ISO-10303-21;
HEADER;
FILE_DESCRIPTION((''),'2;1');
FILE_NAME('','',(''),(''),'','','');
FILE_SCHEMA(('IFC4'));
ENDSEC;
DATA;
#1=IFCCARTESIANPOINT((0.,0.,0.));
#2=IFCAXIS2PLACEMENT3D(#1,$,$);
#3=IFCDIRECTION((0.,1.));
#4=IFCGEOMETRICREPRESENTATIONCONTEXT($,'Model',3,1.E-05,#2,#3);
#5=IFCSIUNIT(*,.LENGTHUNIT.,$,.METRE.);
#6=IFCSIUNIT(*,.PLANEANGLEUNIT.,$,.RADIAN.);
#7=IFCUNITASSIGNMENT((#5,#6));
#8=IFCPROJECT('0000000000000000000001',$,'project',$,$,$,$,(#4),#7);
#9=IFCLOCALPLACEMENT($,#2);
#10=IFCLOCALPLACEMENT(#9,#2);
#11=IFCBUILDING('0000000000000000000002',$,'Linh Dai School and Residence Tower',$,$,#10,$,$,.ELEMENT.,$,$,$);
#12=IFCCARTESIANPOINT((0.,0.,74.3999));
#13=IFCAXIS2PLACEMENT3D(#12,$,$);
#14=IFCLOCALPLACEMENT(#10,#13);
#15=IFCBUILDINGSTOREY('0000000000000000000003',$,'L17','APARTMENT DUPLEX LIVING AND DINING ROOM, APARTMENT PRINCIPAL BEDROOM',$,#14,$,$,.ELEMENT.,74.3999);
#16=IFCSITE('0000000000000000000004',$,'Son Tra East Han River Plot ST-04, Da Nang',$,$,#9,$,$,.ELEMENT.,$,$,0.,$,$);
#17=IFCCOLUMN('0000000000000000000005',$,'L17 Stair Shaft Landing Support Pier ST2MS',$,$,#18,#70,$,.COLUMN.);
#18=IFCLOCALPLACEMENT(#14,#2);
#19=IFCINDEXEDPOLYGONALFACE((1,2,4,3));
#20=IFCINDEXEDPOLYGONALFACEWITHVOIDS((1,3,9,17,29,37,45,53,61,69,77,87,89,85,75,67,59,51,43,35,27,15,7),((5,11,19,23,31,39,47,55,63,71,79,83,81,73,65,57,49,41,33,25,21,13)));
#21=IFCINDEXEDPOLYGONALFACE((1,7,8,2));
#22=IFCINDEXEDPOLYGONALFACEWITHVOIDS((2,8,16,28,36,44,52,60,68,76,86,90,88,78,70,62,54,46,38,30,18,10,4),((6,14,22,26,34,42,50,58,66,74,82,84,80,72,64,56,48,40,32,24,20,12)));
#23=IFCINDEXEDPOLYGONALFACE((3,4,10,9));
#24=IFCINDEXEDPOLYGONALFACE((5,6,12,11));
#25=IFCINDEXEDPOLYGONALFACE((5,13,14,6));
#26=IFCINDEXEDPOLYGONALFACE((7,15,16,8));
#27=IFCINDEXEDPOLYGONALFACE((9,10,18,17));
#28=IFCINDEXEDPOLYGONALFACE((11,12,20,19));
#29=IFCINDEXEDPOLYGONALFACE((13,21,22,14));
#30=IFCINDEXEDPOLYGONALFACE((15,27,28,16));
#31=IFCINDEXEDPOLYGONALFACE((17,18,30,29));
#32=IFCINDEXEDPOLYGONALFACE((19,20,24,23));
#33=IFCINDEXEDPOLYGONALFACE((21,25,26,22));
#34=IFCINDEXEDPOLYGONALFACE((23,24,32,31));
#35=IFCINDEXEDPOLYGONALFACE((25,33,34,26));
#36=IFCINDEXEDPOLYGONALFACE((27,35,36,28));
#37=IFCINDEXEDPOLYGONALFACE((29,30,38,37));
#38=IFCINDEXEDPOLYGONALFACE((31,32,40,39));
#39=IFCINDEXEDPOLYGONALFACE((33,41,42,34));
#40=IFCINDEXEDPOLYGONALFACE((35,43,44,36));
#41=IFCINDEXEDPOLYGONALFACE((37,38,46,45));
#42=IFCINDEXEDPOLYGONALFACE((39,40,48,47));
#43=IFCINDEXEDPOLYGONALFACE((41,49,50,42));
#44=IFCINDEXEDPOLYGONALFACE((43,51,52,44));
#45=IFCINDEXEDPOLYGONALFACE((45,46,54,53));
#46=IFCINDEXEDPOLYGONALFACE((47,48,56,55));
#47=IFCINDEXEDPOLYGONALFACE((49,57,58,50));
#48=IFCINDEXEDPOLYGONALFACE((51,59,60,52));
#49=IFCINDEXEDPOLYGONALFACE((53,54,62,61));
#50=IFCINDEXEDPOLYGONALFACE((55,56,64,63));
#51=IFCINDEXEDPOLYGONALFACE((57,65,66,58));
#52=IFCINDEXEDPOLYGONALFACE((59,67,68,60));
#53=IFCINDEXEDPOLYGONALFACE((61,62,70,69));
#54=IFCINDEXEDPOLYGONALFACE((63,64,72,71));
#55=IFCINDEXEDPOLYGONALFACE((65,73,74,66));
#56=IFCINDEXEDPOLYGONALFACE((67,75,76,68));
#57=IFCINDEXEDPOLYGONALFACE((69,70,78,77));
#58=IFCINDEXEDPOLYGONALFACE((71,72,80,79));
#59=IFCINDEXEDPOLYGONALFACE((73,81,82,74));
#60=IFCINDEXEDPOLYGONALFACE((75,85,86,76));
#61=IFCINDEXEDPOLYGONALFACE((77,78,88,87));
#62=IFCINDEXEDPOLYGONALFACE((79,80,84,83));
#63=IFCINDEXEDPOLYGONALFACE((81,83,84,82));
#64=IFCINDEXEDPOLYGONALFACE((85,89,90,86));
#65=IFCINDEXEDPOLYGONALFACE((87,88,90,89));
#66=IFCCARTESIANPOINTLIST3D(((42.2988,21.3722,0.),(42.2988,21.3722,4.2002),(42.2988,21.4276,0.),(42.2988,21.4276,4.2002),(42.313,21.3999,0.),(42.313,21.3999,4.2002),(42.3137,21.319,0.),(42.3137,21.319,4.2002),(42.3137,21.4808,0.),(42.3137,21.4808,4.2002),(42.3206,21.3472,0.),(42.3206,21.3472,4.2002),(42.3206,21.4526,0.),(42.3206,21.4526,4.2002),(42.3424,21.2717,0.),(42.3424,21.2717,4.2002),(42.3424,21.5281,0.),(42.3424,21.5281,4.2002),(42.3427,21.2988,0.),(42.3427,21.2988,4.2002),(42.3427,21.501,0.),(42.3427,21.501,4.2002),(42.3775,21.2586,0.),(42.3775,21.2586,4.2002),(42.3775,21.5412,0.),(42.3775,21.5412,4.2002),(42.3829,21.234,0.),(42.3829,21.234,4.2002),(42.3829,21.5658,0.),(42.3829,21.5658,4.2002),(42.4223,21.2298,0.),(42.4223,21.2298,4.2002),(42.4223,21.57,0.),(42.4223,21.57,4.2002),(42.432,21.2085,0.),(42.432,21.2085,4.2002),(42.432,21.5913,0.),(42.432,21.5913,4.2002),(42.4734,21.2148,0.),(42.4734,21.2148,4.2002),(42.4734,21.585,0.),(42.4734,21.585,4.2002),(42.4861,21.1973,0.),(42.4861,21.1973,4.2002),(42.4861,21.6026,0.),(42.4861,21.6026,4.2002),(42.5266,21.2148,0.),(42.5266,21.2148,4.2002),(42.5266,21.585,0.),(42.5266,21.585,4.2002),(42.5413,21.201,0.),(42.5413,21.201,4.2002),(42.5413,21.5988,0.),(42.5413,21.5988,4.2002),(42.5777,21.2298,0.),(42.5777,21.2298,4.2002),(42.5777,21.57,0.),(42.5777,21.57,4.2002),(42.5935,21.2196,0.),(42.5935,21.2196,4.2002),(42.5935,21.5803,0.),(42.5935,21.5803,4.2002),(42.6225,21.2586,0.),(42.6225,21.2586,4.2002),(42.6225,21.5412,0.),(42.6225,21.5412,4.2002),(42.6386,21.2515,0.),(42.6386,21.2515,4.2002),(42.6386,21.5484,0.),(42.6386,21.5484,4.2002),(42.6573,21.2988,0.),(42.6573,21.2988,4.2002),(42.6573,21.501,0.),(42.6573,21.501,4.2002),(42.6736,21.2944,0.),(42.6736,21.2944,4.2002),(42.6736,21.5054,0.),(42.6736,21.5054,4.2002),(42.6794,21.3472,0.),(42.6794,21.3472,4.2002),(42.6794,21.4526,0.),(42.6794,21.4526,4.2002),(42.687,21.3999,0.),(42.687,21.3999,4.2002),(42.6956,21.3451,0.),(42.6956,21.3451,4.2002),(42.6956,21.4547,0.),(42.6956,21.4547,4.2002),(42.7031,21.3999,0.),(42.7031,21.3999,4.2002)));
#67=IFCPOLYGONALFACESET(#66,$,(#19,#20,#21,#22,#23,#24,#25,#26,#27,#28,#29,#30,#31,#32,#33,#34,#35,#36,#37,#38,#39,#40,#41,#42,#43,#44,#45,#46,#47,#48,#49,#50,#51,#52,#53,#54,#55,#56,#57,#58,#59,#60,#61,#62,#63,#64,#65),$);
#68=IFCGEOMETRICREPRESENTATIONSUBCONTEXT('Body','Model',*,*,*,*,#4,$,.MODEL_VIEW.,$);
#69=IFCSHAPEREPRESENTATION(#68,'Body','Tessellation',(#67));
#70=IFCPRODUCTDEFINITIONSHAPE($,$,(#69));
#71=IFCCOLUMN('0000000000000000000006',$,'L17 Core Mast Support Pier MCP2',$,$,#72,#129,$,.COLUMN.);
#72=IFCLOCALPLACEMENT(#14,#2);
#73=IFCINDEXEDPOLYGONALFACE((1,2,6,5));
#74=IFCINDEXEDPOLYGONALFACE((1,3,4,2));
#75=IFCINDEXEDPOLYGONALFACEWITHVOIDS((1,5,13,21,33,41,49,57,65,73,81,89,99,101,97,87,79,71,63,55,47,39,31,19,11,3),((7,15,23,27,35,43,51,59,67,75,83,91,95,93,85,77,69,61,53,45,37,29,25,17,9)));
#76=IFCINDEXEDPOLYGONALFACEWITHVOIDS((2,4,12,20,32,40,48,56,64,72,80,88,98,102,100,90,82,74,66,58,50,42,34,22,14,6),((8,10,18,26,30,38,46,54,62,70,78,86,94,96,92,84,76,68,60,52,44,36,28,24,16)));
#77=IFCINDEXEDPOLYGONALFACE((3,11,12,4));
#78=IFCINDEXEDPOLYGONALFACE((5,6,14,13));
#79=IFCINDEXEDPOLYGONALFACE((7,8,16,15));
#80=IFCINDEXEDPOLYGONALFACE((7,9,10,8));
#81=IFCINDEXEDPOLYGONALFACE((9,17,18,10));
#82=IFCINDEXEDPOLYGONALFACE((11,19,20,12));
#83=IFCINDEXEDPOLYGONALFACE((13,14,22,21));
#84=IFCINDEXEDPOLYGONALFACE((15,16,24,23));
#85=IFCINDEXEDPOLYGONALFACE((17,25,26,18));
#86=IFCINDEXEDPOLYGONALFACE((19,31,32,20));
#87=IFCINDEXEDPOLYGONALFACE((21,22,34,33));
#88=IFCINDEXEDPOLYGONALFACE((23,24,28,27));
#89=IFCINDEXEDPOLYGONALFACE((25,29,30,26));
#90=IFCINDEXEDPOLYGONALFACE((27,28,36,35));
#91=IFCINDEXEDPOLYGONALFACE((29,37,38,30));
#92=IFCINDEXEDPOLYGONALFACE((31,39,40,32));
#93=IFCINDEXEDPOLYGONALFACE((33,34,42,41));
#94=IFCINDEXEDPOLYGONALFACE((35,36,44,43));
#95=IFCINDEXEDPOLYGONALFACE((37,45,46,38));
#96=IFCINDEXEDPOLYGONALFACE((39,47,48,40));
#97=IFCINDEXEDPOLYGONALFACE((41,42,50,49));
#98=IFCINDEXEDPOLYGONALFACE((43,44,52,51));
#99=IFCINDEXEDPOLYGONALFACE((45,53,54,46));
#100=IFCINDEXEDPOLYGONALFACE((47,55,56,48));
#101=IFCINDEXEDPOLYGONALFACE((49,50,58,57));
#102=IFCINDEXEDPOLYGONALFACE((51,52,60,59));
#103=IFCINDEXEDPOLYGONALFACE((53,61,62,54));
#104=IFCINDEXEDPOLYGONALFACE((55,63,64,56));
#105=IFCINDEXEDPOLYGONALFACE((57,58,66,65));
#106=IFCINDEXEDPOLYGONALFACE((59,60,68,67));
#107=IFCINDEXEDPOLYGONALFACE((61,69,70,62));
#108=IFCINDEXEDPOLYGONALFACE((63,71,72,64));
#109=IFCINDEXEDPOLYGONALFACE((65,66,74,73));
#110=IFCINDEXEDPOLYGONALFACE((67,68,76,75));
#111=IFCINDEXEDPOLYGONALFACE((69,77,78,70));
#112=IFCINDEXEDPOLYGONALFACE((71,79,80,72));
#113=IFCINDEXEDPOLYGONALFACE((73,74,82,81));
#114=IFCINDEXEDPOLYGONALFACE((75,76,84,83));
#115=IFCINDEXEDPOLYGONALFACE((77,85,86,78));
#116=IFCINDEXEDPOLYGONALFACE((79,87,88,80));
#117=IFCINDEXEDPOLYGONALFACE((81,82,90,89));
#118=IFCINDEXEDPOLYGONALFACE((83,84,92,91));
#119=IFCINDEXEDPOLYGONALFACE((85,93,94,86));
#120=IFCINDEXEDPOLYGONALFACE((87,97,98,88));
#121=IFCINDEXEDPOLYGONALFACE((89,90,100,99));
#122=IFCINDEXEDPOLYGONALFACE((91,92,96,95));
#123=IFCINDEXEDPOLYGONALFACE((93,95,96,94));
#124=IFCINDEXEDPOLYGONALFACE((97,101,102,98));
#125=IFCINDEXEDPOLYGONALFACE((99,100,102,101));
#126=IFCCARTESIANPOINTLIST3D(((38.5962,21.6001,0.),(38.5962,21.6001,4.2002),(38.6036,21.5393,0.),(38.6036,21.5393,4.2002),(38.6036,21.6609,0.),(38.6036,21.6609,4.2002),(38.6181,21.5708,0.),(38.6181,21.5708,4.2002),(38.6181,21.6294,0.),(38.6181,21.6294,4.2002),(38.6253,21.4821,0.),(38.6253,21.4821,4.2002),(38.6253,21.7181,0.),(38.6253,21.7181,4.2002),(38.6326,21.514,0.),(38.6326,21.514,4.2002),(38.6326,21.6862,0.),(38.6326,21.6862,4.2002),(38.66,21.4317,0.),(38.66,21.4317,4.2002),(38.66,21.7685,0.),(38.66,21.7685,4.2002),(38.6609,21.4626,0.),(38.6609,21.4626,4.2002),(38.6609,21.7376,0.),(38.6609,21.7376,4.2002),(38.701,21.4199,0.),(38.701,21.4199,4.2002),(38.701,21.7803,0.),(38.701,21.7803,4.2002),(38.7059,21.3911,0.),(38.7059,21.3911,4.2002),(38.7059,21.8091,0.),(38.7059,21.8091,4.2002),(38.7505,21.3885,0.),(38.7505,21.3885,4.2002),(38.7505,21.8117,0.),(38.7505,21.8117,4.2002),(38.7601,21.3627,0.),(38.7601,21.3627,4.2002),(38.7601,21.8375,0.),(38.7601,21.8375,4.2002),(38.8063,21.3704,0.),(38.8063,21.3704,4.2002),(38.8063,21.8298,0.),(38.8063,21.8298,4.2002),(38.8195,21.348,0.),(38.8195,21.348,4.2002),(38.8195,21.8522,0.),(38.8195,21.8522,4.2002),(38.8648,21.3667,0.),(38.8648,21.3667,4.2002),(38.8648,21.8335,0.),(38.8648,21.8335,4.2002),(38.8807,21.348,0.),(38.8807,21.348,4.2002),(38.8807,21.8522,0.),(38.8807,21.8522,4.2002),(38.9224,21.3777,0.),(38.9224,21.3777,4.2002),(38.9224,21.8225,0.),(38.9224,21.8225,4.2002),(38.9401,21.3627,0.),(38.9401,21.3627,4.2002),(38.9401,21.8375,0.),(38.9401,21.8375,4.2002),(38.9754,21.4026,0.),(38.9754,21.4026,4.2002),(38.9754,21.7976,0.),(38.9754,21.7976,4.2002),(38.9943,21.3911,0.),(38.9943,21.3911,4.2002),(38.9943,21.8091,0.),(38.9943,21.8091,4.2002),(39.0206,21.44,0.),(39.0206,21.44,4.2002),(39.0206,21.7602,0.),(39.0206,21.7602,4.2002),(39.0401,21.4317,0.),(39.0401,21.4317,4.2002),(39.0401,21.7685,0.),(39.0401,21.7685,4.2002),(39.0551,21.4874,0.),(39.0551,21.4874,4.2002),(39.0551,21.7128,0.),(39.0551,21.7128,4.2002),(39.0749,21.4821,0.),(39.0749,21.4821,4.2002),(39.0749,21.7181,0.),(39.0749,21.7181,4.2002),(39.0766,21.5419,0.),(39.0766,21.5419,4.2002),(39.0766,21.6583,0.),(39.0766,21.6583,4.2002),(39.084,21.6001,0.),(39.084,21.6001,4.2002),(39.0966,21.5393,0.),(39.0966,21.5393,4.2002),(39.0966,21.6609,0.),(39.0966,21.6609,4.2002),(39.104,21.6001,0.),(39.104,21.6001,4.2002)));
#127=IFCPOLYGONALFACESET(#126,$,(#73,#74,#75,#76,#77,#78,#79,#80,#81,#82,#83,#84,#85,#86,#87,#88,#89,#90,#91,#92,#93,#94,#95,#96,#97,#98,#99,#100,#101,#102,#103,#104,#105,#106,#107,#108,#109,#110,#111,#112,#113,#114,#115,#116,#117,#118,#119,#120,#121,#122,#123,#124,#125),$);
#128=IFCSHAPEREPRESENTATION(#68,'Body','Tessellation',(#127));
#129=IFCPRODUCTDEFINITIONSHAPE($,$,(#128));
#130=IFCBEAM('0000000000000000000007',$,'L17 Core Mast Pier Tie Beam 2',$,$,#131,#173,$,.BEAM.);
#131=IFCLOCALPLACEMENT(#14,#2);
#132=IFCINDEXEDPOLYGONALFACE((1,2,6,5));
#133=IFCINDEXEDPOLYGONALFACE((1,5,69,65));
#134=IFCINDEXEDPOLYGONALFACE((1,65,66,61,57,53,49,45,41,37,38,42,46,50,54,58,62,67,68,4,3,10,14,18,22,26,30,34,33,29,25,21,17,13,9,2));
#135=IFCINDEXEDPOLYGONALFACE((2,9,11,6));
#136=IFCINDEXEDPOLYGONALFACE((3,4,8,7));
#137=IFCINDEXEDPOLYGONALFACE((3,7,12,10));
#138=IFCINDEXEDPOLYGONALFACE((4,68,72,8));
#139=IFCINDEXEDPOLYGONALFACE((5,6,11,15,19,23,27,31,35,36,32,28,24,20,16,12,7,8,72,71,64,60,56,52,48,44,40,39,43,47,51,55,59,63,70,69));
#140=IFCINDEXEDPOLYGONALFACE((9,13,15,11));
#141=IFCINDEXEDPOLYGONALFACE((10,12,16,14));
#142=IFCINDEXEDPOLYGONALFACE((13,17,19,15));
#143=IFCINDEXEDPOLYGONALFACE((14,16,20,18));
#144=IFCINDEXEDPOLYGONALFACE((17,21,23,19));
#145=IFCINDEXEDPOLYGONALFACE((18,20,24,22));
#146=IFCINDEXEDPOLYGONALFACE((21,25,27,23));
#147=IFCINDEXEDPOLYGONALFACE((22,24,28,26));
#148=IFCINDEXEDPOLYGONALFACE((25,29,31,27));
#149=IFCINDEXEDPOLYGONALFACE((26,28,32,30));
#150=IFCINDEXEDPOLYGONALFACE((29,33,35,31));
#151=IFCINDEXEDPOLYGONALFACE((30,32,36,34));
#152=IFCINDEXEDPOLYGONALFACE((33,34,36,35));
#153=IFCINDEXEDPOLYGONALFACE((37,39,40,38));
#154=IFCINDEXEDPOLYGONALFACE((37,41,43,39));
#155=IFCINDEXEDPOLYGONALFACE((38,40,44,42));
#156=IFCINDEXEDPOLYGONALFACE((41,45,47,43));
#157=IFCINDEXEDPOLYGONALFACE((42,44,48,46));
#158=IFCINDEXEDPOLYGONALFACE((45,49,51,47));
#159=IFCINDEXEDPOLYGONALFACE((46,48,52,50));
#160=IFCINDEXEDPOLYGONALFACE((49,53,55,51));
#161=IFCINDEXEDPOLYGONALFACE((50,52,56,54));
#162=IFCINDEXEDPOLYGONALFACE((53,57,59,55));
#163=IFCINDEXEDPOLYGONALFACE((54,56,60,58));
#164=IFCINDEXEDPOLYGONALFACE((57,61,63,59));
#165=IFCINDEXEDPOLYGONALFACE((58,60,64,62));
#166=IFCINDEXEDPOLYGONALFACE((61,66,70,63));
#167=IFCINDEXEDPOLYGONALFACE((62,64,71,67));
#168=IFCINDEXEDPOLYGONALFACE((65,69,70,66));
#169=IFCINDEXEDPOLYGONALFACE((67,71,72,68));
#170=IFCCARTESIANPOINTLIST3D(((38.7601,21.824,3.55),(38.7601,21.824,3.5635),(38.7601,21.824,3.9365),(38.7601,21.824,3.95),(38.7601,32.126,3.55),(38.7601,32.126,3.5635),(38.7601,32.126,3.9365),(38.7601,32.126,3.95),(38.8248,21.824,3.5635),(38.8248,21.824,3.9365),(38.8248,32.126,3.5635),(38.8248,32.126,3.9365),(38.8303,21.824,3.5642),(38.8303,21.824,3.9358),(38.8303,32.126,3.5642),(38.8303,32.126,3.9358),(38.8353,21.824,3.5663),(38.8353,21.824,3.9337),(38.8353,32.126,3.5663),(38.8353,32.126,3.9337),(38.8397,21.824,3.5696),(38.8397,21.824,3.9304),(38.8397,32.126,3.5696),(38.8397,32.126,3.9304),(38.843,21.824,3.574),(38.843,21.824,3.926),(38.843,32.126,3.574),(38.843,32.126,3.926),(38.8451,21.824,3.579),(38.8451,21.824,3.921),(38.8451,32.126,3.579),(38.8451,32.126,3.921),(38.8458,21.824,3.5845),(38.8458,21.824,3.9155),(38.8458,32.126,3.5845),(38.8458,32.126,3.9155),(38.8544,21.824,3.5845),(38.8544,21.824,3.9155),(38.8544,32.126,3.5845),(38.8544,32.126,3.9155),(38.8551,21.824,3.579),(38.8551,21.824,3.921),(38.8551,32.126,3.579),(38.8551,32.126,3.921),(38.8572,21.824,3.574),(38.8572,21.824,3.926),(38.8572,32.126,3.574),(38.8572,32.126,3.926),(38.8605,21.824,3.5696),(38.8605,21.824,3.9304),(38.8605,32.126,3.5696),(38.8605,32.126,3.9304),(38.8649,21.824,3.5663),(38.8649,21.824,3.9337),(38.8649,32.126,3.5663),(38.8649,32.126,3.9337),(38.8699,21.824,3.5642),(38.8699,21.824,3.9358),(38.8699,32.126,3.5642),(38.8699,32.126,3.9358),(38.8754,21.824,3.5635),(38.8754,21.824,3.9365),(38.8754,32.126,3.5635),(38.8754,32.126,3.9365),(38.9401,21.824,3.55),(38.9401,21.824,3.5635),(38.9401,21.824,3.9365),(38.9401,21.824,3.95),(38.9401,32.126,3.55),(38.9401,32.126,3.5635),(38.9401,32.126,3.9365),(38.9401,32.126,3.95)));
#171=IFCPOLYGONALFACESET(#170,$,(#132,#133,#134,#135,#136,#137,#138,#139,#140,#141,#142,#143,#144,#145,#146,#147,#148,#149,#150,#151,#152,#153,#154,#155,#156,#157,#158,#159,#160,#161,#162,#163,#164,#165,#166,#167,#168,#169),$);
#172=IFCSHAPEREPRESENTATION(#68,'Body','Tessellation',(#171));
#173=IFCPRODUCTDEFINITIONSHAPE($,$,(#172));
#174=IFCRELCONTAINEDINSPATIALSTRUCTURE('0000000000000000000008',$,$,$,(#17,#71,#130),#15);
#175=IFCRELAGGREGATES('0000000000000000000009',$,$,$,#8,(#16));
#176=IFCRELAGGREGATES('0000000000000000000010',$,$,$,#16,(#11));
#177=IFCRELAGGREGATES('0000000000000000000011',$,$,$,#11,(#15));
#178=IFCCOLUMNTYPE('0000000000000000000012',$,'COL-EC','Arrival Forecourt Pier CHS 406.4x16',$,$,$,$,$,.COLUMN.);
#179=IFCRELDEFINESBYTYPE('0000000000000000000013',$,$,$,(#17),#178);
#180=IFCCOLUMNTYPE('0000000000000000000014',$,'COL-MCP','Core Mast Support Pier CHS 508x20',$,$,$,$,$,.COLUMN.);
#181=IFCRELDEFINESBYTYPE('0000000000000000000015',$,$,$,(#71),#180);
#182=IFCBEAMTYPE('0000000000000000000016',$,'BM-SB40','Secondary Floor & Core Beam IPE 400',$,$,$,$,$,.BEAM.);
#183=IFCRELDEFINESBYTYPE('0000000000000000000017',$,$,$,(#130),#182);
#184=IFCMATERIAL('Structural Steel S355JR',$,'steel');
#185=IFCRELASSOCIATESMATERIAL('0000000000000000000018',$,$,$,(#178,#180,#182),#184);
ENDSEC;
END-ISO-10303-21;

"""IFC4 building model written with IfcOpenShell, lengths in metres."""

from ifc_helpers import new_model, si_unit, direction, frame, origin, origin_2d, place, context, subcontext, project, spatial, hollow_circle, i_section, extrude, material, material_profile, profile_set, type_object, element, save


model = new_model("IFC4")

# Units and contexts
model_context = context("Model", 3, precision=1e-05, world=origin(), true_north=direction((0.0, 1.0)))
body_context = subcontext(model_context, "Body", "Model", "MODEL_VIEW")
ifc_project = project(units=[si_unit("LENGTHUNIT", "METRE"), si_unit("PLANEANGLEUNIT", "RADIAN")], contexts=[model_context])

# Site, building, storey
site_placement = place(None, origin())
site = spatial("IfcSite", under=ifc_project, at=site_placement, Name="Son Tra East Han River Plot ST-04, Da Nang", CompositionType="ELEMENT", RefElevation=0.0)
building_placement = place(site_placement, origin())
building = spatial("IfcBuilding", under=site, at=building_placement, Name="Linh Dai School and Residence Tower", CompositionType="ELEMENT")
storey_placement = place(building_placement, frame((0.0, 0.0, 74.3999)))
storey = spatial("IfcBuildingStorey", under=building, at=storey_placement, Name="L17", Description="APARTMENT DUPLEX LIVING AND DINING ROOM, APARTMENT PRINCIPAL BEDROOM", CompositionType="ELEMENT", Elevation=74.3999)

# Columns
ifc_material_1 = material(Name="Structural Steel S355JR", Category="steel")
ifc_material_profile_1 = material_profile(ifc_material_1, hollow_circle(Radius=0.2031, WallThickness=0.0161, at=origin_2d()), Name="CHS 406.4x16")
ifc_profile_set_1 = profile_set([ifc_material_profile_1], Name="Structural Steel S355JR")
column_type_1 = type_object("IfcColumnType", Name="COL-EC", Description="Arrival Forecourt Pier CHS 406.4x16", PredefinedType="COLUMN", material=ifc_profile_set_1)
column_1_placement = place(storey_placement, frame((42.5, 21.3999, 0.0), z_axis=(0.0, 0.0, 1.0), x_axis=(1.0, 0.0, 0.0)))
element("IfcColumn", 1, at=column_1_placement, inside=storey, type_object=column_type_1, Name="L17 Stair Shaft Landing Support Pier ST2MS", PredefinedType="COLUMN", context=body_context, shape_type="SweptSolid", body=[
    extrude(hollow_circle(Radius=0.2031, WallThickness=0.0161, at=origin_2d()), origin(), (0.0, 0.0, 1.0), 4.2002),
])
ifc_material_profile_2 = material_profile(ifc_material_1, hollow_circle(Radius=0.2539, WallThickness=0.02, at=origin_2d()), Name="CHS 508x20")
ifc_profile_set_2 = profile_set([ifc_material_profile_2], Name="Structural Steel S355JR")
column_type_2 = type_object("IfcColumnType", Name="COL-MCP", Description="Core Mast Support Pier CHS 508x20", PredefinedType="COLUMN", material=ifc_profile_set_2)
column_2_placement = place(storey_placement, frame((38.8501, 21.6001, 0.0), z_axis=(0.0, 0.0, 1.0), x_axis=(1.0, 0.0, 0.0)))
element("IfcColumn", 2, at=column_2_placement, inside=storey, type_object=column_type_2, Name="L17 Core Mast Support Pier MCP2", PredefinedType="COLUMN", context=body_context, shape_type="SweptSolid", body=[
    extrude(hollow_circle(Radius=0.2539, WallThickness=0.02, at=origin_2d()), origin(), (0.0, 0.0, 1.0), 4.2002),
])

# Beam
ifc_material_profile_3 = material_profile(ifc_material_1, i_section(OverallWidth=0.1799, OverallDepth=0.3999, WebThickness=0.0085, FlangeThickness=0.0134, FilletRadius=0.021, at=origin_2d()), Name="IPE 400")
ifc_profile_set_3 = profile_set([ifc_material_profile_3], Name="Structural Steel S355JR")
beam_type = type_object("IfcBeamType", Name="BM-SB40", Description="Secondary Floor & Core Beam IPE 400", PredefinedType="BEAM", material=ifc_profile_set_3)
beam_placement = place(storey_placement, frame((38.8501, 21.824, 3.75), z_axis=(0.0, 1.0, 0.0), x_axis=(-1.0, 0.0, 0.0)))
element("IfcBeam", 3, at=beam_placement, inside=storey, type_object=beam_type, Name="L17 Core Mast Pier Tie Beam 2", PredefinedType="BEAM", context=body_context, shape_type="SweptSolid", body=[
    extrude(i_section(OverallWidth=0.1799, OverallDepth=0.3999, WebThickness=0.0085, FlangeThickness=0.0134, FilletRadius=0.021, at=origin_2d()), origin(), (0.0, 0.0, 1.0), 10.302),
])

save(model, "model.ifc")
